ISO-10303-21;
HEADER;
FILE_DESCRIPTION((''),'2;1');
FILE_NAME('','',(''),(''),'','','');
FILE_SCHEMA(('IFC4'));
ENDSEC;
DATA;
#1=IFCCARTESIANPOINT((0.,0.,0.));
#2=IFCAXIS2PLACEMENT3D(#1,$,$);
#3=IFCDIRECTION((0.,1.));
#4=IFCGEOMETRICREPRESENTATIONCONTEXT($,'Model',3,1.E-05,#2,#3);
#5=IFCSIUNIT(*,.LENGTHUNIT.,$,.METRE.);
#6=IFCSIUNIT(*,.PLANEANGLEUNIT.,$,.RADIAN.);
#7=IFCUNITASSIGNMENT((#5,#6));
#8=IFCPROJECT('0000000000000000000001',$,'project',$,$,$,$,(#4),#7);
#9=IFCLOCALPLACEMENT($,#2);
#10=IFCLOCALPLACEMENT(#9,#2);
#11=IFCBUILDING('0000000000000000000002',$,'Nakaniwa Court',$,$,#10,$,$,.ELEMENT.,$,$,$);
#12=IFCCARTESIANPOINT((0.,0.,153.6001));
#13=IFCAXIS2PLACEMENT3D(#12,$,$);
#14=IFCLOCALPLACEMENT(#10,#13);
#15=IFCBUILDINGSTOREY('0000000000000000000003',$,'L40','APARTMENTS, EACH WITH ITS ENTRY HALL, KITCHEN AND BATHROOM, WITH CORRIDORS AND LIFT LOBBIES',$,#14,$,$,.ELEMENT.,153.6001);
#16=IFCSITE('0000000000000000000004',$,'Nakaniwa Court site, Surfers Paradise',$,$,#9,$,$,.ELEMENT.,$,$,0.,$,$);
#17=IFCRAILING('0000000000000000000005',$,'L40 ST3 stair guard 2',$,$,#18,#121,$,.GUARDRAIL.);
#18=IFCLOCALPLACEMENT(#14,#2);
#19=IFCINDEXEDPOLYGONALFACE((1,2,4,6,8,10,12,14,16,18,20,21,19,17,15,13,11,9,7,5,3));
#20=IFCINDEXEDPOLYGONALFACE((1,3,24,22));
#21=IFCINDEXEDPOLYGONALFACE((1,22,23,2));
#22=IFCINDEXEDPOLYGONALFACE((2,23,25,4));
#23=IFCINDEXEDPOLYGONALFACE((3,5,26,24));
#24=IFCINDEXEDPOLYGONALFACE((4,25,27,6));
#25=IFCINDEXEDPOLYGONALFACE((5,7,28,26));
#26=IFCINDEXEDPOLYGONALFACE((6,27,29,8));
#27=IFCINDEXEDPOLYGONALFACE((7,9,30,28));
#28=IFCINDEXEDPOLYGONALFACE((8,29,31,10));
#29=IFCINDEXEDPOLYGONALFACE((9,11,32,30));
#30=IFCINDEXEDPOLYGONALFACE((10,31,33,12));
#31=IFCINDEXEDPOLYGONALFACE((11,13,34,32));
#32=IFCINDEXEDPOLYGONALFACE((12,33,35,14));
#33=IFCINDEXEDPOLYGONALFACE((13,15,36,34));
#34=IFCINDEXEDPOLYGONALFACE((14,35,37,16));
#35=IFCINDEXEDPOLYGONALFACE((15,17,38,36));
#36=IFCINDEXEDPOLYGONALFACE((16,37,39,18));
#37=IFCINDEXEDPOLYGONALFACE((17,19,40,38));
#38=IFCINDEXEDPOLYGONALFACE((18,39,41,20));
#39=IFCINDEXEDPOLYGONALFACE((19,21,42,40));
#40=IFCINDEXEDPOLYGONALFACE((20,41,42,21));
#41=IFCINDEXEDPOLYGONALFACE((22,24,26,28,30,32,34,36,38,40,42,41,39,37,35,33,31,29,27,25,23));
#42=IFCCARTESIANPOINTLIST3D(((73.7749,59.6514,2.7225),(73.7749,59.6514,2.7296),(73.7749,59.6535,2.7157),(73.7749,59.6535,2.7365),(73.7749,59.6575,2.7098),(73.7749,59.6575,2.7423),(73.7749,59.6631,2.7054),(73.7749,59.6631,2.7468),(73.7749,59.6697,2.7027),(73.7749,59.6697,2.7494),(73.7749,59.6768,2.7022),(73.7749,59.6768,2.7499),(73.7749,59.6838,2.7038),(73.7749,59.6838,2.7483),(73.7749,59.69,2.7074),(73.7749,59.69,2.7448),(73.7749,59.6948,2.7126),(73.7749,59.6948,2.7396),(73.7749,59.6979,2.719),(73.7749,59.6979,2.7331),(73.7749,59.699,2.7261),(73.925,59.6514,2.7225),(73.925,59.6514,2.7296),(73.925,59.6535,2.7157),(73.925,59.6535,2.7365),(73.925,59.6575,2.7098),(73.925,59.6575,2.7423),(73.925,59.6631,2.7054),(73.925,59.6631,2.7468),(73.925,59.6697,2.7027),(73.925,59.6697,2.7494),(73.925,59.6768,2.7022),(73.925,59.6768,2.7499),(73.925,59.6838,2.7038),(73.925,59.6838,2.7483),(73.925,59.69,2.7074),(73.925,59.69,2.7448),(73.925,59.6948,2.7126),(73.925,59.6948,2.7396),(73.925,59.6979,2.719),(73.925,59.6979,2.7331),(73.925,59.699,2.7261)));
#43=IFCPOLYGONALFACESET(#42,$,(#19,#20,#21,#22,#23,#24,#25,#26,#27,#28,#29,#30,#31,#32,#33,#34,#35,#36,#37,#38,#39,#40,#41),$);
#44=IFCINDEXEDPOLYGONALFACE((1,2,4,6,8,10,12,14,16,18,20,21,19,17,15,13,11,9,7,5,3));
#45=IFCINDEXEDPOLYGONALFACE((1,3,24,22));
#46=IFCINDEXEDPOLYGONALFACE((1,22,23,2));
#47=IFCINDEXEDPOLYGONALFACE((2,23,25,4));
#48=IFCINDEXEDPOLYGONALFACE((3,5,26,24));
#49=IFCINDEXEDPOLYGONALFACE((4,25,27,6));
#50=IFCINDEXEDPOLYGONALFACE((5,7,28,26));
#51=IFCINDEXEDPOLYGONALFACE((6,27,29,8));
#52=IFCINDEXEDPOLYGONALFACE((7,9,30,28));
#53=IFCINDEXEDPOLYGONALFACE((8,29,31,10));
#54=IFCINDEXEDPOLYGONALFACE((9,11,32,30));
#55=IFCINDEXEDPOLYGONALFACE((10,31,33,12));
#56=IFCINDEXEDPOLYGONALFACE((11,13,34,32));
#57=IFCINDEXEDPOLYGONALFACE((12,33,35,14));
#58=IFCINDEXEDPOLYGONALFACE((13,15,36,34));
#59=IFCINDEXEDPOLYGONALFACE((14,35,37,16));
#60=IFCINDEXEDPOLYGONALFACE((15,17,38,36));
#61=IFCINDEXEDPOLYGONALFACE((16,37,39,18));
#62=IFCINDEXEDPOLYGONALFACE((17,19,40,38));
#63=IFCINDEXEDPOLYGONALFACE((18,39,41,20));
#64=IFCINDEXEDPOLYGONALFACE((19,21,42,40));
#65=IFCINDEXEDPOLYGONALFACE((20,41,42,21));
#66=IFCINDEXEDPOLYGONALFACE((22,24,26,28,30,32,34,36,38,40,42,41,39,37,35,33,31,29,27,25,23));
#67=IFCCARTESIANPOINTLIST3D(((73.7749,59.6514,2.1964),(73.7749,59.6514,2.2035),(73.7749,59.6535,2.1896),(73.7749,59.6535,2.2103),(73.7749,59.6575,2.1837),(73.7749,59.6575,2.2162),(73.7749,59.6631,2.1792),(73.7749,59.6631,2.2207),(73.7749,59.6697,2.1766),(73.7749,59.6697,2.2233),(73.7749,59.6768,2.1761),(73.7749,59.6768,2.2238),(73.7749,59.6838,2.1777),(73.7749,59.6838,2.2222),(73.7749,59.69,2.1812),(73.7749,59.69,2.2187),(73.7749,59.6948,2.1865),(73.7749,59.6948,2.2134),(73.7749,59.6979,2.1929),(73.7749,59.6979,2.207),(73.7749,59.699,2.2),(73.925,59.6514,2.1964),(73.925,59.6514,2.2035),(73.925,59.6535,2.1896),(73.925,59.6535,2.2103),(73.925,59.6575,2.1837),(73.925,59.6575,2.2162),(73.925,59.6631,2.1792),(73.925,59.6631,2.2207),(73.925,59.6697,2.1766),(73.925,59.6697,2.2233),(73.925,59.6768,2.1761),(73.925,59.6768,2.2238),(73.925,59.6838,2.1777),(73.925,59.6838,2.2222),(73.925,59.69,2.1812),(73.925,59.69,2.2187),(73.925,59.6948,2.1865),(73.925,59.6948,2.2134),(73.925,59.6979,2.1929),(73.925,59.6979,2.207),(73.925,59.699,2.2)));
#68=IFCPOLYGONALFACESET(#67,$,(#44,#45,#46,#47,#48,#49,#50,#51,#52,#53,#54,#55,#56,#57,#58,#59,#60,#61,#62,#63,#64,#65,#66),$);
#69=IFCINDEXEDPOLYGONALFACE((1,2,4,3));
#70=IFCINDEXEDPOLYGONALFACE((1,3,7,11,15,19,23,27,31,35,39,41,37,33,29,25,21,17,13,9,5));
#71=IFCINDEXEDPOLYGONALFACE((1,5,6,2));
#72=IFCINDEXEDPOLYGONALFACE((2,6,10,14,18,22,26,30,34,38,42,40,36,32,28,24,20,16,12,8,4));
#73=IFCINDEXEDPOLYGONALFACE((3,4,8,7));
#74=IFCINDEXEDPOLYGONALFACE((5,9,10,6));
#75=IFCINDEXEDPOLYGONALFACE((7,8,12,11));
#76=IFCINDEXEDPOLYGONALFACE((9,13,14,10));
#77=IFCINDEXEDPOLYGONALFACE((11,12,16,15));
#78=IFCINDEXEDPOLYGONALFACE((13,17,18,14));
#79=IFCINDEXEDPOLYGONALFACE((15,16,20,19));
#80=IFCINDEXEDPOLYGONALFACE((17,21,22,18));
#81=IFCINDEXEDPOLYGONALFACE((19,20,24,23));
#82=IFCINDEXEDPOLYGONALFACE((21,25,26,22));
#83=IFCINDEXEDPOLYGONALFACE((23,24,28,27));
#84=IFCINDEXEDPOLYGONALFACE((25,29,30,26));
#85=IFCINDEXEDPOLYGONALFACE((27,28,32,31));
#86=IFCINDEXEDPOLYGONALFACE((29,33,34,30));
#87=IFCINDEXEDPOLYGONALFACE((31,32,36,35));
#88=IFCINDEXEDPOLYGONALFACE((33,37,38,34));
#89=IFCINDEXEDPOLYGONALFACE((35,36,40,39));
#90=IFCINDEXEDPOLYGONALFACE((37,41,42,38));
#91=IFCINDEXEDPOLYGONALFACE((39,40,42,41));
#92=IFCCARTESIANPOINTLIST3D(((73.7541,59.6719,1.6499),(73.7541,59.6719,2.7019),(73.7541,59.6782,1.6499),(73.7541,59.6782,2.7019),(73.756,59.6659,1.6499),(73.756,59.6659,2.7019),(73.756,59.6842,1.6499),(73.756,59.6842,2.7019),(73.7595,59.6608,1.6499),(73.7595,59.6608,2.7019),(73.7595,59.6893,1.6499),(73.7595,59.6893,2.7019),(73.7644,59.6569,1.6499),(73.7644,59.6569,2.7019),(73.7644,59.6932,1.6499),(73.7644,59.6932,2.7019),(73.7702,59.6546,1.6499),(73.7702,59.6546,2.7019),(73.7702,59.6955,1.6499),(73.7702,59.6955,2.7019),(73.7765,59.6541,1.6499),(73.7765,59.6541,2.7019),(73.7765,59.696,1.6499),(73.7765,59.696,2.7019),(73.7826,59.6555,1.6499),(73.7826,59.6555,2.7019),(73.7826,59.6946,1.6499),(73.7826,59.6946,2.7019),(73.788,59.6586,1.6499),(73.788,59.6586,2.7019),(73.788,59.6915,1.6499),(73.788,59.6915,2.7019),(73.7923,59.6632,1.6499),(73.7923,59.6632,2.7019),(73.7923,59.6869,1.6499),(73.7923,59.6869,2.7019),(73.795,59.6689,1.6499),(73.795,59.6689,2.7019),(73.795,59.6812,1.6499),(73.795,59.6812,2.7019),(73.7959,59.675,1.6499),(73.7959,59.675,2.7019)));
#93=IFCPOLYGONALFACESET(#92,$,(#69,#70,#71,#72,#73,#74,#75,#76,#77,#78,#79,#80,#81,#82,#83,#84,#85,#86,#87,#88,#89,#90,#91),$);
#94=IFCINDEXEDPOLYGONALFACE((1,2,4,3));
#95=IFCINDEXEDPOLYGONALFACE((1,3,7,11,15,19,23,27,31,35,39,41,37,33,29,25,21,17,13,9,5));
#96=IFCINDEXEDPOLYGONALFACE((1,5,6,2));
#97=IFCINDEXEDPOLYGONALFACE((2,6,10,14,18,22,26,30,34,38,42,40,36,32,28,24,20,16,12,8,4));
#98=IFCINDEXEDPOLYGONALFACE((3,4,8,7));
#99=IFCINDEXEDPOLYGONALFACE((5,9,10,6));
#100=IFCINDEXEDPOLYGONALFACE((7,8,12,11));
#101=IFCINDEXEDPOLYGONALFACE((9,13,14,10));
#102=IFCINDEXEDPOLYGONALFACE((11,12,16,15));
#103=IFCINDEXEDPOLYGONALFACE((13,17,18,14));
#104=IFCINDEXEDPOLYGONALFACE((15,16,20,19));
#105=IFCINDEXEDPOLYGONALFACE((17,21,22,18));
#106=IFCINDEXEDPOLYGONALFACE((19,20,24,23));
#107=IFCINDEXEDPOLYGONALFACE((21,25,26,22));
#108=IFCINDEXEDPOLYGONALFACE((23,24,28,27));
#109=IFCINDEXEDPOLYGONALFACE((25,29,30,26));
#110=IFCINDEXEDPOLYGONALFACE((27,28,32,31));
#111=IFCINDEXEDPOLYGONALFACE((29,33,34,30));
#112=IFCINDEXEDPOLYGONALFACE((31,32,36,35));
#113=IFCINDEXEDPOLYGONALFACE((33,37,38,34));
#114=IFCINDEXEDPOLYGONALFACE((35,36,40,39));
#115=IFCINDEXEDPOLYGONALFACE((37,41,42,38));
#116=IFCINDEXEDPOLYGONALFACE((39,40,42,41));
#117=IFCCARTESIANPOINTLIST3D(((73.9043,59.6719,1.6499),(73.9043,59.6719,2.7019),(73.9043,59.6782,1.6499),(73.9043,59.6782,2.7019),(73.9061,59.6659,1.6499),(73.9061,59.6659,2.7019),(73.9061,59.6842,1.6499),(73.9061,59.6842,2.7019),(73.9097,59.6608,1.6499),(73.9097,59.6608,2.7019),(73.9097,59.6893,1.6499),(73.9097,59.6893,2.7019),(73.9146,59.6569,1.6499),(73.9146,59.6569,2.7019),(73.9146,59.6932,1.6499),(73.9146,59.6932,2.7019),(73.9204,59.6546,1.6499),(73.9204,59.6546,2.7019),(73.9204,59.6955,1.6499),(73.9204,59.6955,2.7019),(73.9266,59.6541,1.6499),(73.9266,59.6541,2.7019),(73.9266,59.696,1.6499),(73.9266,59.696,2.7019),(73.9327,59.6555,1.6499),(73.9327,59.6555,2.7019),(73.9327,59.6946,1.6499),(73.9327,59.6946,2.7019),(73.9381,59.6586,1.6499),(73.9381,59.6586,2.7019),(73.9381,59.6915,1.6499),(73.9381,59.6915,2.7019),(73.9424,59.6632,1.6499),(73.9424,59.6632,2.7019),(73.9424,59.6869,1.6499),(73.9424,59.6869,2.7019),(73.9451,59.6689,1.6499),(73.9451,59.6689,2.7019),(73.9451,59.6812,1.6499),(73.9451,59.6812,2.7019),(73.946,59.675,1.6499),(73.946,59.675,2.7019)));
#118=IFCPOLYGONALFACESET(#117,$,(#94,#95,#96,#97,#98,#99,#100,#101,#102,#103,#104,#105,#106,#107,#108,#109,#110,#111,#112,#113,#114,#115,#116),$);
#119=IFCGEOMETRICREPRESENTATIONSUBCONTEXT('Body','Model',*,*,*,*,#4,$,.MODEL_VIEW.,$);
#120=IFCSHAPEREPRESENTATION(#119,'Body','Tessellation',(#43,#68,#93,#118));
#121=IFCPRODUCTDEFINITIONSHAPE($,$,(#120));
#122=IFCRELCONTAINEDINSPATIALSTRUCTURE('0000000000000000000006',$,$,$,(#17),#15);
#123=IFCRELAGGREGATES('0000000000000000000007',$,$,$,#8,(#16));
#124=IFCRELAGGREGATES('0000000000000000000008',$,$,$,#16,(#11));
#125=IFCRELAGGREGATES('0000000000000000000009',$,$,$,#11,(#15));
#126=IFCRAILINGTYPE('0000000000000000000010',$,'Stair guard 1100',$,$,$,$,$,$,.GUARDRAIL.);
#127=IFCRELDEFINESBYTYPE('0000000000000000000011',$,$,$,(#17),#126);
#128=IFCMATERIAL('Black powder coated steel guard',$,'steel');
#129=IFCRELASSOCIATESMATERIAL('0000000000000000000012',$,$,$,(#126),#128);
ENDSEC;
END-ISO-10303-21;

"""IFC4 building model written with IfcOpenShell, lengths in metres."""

from ifc_helpers import new_model, si_unit, direction, frame, origin, origin_2d, place, context, subcontext, project, spatial, circle, extrude, material, type_object, element, save


model = new_model("IFC4")

# Units and contexts
model_context = context("Model", 3, precision=1e-05, world=origin(), true_north=direction((0.0, 1.0)))
body_context = subcontext(model_context, "Body", "Model", "MODEL_VIEW")
ifc_project = project(units=[si_unit("LENGTHUNIT", "METRE"), si_unit("PLANEANGLEUNIT", "RADIAN")], contexts=[model_context])

# Site, building, storey
site_placement = place(None, origin())
site = spatial("IfcSite", under=ifc_project, at=site_placement, Name="Nakaniwa Court site, Surfers Paradise", CompositionType="ELEMENT", RefElevation=0.0)
building_placement = place(site_placement, origin())
building = spatial("IfcBuilding", under=site, at=building_placement, Name="Nakaniwa Court", CompositionType="ELEMENT")
storey_placement = place(building_placement, frame((0.0, 0.0, 153.6001)))
storey = spatial("IfcBuildingStorey", under=building, at=storey_placement, Name="L40", Description="APARTMENTS, EACH WITH ITS ENTRY HALL, KITCHEN AND BATHROOM, WITH CORRIDORS AND LIFT LOBBIES", CompositionType="ELEMENT", Elevation=153.6001)

# Railing
ifc_material_1 = material(Name="Black powder coated steel guard", Category="steel")
railing_type_1 = type_object("IfcRailingType", Name="Stair guard 1100", PredefinedType="GUARDRAIL", material=ifc_material_1)
railing_1_placement = place(storey_placement, frame((73.7749, 59.675, 1.6499)))
element("IfcRailing", 1, at=railing_1_placement, inside=storey, type_object=railing_type_1, Name="L40 ST3 stair guard 2", PredefinedType="GUARDRAIL", context=body_context, shape_type="SweptSolid", body=[
    extrude(circle(Radius=0.0239, at=origin_2d()), frame((0.0, 0.0, 1.0762), z_axis=(1.0, 0.0, 0.0), x_axis=(0.0, 1.0, 0.0)), (0.0, 0.0, 1.0), 0.1501),
    extrude(circle(Radius=0.0239, at=origin_2d()), frame((0.0, 0.0, 0.55), z_axis=(1.0, 0.0, 0.0), x_axis=(0.0, 1.0, 0.0)), (0.0, 0.0, 1.0), 0.1501),
    extrude(circle(Radius=0.021, at=origin_2d()), origin(), (0.0, 0.0, 1.0), 1.052),
    extrude(circle(Radius=0.021, at=origin_2d()), frame((0.1501, 0.0, 0.0)), (0.0, 0.0, 1.0), 1.052),
])

save(model, "model.ifc")
